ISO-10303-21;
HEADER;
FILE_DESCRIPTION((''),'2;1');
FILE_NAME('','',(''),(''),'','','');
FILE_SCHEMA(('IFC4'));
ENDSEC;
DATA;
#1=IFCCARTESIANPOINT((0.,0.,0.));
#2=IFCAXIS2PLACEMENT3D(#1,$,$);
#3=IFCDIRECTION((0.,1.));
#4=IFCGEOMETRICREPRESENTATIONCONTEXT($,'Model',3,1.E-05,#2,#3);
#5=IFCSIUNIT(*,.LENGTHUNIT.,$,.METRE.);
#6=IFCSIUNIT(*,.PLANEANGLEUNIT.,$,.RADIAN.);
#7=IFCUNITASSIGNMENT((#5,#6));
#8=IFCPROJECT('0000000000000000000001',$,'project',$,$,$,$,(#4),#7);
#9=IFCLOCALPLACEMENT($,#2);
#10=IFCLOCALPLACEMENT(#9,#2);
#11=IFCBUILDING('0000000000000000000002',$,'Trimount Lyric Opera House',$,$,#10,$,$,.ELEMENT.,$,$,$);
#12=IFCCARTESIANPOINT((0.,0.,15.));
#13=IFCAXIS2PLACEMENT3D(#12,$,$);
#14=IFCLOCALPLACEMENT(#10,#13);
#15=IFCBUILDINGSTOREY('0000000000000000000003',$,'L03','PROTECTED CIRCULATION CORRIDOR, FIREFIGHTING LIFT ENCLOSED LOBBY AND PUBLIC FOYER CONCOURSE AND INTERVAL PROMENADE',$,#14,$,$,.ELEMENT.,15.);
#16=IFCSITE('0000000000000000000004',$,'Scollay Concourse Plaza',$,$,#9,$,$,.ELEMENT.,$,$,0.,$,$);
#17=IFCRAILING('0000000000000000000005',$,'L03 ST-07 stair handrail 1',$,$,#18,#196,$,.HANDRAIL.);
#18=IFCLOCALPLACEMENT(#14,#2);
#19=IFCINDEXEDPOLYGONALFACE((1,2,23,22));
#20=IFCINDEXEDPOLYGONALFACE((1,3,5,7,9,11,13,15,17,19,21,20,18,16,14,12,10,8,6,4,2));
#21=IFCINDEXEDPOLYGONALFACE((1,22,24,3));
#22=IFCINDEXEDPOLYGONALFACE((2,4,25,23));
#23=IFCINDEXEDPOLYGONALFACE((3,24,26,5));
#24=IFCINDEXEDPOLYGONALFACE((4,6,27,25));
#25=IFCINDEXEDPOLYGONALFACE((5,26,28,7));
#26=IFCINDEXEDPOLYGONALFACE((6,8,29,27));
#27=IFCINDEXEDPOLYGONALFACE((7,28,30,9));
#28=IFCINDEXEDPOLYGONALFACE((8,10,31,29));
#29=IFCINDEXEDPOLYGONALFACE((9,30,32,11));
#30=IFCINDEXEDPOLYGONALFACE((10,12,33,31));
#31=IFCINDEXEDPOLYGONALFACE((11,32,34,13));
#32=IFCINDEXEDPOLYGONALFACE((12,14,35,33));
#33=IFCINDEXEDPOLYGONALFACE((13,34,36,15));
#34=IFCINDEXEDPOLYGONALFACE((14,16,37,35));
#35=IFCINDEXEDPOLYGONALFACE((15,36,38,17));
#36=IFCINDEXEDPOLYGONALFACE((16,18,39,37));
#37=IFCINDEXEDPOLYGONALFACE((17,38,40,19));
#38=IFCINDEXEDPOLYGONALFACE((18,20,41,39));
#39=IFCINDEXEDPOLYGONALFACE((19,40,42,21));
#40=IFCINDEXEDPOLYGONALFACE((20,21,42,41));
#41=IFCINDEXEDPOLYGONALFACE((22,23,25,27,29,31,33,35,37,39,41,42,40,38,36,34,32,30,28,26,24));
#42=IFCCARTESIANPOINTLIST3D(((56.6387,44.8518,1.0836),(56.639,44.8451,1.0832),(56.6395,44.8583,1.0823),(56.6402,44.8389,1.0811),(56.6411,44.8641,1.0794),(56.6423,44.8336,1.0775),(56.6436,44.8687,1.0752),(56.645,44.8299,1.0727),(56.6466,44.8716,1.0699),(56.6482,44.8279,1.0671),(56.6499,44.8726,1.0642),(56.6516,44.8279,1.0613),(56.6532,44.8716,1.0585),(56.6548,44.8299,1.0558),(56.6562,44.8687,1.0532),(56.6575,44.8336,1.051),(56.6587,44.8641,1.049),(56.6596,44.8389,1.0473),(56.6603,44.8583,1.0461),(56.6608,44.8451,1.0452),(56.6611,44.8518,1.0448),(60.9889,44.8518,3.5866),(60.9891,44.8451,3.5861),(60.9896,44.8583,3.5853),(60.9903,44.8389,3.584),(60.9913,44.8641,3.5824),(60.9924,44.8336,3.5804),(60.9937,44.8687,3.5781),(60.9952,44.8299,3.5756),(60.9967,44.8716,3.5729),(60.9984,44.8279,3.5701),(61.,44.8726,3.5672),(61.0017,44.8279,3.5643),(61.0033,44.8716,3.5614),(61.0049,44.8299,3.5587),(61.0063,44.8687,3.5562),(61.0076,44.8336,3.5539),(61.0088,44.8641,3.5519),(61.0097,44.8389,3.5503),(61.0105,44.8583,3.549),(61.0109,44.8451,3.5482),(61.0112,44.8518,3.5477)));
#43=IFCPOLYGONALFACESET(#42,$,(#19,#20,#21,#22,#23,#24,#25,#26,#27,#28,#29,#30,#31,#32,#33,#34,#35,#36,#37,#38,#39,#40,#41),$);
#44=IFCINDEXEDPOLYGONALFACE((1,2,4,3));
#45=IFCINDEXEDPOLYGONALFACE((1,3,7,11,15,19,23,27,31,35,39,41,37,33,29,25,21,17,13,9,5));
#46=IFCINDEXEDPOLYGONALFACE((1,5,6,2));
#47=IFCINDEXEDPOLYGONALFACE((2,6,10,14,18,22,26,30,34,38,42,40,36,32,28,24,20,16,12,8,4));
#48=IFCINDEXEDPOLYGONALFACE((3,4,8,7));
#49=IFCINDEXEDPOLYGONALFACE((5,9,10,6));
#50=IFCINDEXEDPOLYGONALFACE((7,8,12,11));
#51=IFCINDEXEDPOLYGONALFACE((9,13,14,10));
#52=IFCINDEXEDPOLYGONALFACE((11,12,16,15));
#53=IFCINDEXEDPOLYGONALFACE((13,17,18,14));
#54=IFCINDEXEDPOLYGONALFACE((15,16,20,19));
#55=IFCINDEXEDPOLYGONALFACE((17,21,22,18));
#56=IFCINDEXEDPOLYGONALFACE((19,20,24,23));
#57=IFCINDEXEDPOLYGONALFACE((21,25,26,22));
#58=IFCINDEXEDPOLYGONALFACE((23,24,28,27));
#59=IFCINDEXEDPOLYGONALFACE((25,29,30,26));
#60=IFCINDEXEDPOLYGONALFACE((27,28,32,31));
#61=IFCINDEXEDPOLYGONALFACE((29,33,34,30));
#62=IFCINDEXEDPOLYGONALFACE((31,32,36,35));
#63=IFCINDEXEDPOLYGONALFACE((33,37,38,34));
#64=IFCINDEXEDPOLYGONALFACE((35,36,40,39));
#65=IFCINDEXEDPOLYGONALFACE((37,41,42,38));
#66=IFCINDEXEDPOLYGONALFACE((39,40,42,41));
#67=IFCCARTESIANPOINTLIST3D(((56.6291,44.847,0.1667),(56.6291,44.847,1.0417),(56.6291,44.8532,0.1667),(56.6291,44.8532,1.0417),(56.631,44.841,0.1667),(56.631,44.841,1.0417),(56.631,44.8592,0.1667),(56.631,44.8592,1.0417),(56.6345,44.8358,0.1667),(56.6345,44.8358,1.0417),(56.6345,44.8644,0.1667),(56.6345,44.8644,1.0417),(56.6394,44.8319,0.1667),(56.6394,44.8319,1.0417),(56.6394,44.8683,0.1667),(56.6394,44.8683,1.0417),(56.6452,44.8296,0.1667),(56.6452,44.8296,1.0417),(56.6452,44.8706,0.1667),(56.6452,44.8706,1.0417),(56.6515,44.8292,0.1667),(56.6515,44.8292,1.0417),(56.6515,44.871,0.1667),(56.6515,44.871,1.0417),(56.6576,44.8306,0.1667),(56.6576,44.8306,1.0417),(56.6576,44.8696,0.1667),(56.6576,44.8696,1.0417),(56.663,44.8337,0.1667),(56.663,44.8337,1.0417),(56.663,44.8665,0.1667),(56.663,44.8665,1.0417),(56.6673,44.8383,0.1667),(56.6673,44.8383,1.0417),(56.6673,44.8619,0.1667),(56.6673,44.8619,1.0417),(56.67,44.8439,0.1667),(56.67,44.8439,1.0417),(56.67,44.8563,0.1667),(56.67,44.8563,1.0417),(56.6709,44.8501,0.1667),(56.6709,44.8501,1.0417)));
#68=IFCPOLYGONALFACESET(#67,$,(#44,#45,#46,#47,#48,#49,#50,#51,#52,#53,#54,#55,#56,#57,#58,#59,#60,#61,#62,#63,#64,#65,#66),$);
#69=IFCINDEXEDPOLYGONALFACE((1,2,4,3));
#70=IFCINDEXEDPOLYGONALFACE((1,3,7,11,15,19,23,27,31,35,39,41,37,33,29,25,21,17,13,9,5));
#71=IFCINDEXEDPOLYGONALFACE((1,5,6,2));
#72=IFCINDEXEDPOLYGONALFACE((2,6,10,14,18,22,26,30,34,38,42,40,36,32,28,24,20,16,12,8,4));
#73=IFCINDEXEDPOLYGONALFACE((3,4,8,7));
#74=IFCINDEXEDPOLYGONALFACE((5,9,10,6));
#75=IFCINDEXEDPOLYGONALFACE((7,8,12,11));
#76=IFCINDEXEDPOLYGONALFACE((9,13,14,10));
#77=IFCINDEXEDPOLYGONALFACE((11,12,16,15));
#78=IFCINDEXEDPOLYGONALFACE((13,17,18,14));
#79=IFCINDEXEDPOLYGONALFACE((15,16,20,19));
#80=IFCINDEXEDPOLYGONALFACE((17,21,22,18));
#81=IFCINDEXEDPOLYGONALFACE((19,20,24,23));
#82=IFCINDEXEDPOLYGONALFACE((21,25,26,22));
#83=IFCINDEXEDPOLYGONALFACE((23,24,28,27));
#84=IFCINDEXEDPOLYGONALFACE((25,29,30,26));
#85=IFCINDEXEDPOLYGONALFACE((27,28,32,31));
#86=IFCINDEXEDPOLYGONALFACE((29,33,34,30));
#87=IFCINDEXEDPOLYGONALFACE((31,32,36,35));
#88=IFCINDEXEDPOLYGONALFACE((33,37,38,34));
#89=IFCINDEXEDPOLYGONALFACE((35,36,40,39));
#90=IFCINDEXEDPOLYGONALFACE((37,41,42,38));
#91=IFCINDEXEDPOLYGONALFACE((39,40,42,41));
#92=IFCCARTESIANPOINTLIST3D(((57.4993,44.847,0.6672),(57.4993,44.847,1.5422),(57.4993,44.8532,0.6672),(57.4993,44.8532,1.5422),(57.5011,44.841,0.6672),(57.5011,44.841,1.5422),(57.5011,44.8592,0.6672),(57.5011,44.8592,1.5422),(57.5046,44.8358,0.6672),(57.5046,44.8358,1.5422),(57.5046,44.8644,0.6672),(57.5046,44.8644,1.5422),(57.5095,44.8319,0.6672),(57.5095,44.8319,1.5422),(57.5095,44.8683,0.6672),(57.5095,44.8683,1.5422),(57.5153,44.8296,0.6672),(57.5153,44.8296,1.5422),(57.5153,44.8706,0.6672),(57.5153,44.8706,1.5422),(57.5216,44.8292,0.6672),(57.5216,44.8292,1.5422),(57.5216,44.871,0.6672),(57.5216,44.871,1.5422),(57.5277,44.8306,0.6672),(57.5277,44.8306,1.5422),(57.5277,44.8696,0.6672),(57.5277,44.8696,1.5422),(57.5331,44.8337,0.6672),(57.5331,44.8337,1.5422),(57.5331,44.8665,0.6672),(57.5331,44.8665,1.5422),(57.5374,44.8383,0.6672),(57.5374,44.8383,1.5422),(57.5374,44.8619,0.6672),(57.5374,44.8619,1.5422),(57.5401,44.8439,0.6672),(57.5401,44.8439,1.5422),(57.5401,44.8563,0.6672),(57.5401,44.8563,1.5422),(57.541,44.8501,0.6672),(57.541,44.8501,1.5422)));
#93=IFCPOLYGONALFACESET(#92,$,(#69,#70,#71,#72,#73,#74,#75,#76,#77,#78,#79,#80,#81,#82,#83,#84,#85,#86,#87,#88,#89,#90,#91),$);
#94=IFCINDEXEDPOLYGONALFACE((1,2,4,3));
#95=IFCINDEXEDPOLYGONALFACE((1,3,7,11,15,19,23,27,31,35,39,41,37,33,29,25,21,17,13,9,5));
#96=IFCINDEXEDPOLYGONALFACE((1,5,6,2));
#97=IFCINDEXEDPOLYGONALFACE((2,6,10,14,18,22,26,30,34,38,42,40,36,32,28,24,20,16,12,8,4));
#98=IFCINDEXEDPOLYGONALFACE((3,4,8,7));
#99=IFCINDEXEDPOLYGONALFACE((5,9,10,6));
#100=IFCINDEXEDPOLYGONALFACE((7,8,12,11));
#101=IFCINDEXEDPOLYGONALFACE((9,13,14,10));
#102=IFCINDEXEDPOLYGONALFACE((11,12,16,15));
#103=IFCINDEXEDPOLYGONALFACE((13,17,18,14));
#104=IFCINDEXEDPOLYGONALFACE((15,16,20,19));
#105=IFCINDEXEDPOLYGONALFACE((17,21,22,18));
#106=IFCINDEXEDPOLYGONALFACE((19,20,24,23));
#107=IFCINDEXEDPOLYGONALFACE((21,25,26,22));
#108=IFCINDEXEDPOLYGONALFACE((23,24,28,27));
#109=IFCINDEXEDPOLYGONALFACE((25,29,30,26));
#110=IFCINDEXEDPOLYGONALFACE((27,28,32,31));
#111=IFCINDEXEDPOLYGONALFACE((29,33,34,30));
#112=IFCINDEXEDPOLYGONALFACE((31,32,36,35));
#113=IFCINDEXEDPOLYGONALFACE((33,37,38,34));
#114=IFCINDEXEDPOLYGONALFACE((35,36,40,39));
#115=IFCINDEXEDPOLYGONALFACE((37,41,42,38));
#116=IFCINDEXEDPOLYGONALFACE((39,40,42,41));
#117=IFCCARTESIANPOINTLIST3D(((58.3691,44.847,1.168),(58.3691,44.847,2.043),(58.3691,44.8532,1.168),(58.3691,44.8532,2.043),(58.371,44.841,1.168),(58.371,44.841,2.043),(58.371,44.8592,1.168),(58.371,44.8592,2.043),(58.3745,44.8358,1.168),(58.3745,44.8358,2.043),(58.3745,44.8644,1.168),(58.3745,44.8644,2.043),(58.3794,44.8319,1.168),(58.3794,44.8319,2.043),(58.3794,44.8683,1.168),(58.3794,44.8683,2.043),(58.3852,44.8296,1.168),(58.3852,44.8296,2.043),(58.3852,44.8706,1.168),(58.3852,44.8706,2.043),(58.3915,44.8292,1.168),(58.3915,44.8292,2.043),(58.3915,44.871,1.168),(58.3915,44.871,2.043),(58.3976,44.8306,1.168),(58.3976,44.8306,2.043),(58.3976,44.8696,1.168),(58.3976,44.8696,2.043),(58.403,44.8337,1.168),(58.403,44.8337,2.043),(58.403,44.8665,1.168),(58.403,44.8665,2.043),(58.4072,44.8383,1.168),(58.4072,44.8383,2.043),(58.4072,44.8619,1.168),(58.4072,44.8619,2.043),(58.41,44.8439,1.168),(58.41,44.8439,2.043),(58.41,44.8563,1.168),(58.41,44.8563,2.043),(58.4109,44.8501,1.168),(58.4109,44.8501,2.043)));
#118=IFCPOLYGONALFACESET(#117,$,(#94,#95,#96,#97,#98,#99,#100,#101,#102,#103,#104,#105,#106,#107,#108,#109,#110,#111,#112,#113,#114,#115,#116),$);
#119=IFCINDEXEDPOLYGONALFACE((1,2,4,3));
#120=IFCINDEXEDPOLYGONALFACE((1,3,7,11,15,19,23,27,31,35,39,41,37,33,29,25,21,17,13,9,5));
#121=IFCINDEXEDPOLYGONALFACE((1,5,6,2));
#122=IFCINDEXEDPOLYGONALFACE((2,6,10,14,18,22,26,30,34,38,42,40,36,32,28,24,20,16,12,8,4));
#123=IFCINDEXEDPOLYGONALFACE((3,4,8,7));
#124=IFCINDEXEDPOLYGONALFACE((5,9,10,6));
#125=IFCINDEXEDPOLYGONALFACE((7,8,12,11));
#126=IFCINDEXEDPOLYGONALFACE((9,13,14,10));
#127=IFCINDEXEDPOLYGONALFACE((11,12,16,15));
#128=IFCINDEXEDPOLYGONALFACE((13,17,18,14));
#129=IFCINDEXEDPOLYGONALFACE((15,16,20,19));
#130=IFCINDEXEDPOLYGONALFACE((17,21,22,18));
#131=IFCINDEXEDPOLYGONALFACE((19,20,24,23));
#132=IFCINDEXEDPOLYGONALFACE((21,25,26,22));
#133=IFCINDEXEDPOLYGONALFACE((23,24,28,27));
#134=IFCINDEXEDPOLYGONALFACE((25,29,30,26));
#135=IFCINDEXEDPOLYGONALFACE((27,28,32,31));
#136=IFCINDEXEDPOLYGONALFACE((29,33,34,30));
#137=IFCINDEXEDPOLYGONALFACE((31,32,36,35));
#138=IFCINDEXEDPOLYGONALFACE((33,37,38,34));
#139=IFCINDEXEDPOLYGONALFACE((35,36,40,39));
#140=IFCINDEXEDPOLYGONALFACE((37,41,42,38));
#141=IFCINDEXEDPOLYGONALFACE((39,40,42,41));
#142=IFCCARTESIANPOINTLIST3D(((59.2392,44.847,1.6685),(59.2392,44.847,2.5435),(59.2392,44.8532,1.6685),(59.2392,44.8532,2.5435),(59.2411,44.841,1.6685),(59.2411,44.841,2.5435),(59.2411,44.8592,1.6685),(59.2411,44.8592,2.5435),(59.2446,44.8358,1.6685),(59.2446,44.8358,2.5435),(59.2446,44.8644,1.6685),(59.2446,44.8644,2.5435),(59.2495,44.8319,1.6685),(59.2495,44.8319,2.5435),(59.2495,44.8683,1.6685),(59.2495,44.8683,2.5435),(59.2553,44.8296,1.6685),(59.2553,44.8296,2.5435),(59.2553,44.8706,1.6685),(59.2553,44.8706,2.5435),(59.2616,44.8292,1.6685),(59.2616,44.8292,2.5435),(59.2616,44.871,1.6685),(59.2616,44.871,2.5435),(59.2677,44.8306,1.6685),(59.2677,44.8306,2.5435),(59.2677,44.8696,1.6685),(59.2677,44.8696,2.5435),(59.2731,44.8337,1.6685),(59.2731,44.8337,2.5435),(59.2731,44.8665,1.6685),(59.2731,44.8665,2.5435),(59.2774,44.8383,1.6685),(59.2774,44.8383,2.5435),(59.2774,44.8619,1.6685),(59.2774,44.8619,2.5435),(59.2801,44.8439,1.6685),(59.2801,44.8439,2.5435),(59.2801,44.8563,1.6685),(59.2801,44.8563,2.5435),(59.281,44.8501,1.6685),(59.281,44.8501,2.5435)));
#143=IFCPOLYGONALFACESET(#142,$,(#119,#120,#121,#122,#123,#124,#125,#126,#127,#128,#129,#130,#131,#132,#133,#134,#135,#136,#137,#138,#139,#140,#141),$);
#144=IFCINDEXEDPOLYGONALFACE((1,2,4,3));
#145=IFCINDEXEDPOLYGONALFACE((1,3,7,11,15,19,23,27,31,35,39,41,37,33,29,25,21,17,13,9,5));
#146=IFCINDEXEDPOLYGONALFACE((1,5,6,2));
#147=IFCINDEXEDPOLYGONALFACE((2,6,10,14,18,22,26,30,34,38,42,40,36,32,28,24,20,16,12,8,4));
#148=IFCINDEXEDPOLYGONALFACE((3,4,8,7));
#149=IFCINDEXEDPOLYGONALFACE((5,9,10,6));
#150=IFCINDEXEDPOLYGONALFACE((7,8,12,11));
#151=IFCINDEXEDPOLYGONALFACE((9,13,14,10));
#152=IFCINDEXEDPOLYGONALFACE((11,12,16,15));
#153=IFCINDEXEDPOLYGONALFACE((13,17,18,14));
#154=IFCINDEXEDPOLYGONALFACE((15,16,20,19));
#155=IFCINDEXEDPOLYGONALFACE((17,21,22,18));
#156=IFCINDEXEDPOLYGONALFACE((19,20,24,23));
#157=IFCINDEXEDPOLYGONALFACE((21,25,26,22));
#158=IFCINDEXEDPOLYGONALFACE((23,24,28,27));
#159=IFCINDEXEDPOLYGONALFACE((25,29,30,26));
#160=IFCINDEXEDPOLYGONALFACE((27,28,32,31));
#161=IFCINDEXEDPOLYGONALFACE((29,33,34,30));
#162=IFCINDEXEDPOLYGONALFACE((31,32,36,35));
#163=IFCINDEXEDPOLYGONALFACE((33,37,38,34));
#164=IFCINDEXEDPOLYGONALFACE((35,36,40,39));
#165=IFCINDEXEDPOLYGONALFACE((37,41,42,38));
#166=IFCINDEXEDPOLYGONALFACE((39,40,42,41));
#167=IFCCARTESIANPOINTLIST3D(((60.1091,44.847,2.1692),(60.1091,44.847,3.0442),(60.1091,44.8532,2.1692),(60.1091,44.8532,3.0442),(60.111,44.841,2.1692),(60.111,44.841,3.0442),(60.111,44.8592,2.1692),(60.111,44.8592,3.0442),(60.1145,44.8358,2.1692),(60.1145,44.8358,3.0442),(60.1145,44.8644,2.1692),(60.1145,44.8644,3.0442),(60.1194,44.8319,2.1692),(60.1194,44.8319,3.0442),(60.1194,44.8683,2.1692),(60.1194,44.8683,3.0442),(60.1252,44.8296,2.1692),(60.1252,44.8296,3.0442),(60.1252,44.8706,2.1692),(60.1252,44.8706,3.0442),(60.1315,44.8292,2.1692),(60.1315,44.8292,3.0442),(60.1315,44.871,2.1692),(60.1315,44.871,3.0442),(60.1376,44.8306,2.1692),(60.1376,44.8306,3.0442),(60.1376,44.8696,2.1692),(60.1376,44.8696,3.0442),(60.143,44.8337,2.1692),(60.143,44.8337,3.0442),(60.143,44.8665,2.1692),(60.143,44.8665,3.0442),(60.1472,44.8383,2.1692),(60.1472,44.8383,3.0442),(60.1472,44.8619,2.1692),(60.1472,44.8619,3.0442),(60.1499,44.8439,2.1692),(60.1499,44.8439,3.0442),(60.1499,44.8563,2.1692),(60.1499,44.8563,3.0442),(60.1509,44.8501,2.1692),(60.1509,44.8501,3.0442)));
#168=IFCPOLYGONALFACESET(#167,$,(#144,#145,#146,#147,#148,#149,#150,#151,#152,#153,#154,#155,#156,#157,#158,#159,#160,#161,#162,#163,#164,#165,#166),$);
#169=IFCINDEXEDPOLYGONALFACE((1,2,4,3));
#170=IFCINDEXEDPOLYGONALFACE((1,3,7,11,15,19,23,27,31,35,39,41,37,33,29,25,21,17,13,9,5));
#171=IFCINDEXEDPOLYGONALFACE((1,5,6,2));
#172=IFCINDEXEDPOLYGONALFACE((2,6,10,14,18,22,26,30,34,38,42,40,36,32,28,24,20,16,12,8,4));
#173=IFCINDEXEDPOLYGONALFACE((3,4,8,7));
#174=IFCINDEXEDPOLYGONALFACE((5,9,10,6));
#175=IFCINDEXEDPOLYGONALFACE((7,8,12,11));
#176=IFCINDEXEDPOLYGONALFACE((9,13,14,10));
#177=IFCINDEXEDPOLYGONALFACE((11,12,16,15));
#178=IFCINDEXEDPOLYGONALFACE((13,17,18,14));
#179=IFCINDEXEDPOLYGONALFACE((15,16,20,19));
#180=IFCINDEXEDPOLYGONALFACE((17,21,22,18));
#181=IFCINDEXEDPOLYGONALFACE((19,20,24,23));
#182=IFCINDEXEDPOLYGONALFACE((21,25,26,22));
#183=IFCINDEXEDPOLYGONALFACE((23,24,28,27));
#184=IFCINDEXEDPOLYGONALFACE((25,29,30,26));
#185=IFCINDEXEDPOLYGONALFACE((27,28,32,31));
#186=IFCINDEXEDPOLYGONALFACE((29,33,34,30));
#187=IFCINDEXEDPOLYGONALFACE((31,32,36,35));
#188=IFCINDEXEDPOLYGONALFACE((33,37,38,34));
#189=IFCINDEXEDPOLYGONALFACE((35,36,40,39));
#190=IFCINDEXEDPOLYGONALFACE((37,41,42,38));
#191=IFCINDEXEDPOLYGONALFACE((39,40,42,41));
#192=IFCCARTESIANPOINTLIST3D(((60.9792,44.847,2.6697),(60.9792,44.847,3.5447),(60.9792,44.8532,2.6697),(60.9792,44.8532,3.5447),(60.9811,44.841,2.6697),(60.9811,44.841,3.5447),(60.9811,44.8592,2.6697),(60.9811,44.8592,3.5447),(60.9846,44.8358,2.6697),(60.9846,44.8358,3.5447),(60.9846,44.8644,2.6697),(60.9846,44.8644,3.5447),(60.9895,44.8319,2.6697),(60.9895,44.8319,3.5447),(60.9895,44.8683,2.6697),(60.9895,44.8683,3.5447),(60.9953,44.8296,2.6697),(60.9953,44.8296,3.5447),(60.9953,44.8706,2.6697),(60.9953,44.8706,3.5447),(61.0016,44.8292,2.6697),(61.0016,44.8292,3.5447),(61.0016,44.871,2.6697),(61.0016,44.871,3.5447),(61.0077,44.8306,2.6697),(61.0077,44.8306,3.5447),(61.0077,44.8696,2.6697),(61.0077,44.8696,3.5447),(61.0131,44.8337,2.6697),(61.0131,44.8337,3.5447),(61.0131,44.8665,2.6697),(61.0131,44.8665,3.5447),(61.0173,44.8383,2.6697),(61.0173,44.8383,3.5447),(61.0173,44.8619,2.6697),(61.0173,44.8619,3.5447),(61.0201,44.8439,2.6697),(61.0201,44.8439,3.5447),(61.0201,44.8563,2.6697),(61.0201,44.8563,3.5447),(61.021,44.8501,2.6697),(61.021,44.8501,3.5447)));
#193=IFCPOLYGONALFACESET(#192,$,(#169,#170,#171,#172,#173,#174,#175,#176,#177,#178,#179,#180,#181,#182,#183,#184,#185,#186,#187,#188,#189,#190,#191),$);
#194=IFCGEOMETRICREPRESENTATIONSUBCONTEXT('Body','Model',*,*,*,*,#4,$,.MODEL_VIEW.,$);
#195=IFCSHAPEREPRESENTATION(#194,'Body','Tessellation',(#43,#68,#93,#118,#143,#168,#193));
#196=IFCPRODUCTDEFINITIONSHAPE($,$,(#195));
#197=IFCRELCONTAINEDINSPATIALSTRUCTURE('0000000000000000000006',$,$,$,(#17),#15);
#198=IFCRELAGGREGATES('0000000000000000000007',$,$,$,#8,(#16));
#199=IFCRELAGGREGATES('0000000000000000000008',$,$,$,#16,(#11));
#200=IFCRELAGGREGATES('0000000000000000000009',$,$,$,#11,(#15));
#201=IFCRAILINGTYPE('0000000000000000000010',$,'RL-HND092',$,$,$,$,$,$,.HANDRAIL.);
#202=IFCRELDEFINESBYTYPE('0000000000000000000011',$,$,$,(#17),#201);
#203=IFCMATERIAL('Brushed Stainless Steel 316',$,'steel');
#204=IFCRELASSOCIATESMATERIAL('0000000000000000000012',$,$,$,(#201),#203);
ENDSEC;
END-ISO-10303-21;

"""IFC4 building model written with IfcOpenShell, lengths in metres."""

from ifc_helpers import new_model, si_unit, direction, frame, origin, origin_2d, place, context, subcontext, project, spatial, circle, extrude, material, type_object, element, save


model = new_model("IFC4")

# Units and contexts
model_context = context("Model", 3, precision=1e-05, world=origin(), true_north=direction((0.0, 1.0)))
body_context = subcontext(model_context, "Body", "Model", "MODEL_VIEW")
ifc_project = project(units=[si_unit("LENGTHUNIT", "METRE"), si_unit("PLANEANGLEUNIT", "RADIAN")], contexts=[model_context])

# Site, building, storey
site_placement = place(None, origin())
site = spatial("IfcSite", under=ifc_project, at=site_placement, Name="Scollay Concourse Plaza", CompositionType="ELEMENT", RefElevation=0.0)
building_placement = place(site_placement, origin())
building = spatial("IfcBuilding", under=site, at=building_placement, Name="Trimount Lyric Opera House", CompositionType="ELEMENT")
storey_placement = place(building_placement, frame((0.0, 0.0, 15.0)))
storey = spatial("IfcBuildingStorey", under=building, at=storey_placement, Name="L03", Description="PROTECTED CIRCULATION CORRIDOR, FIREFIGHTING LIFT ENCLOSED LOBBY AND PUBLIC FOYER CONCOURSE AND INTERVAL PROMENADE", CompositionType="ELEMENT", Elevation=15.0)

# Railing
ifc_material_1 = material(Name="Brushed Stainless Steel 316", Category="steel")
railing_type_1 = type_object("IfcRailingType", Name="RL-HND092", PredefinedType="HANDRAIL", material=ifc_material_1)
railing_1_placement = place(storey_placement, frame((56.6499, 44.8501, 0.1667)))
element("IfcRailing", 1, at=railing_1_placement, inside=storey, type_object=railing_type_1, Name="L03 ST-07 stair handrail 1", PredefinedType="HANDRAIL", context=body_context, shape_type="SweptSolid", body=[
    extrude(circle(Radius=0.0225, at=origin_2d()), frame((0.0, 0.0, 0.8975), z_axis=(0.866766, 0.0, 0.498714), x_axis=(0.0, 1.0, 0.0)), (0.0, 0.0, 1.0), 5.0188),
    extrude(circle(Radius=0.021, at=origin_2d()), origin(), (0.0, 0.0, 1.0), 0.875),
    extrude(circle(Radius=0.021, at=origin_2d()), frame((0.8701, 0.0, 0.5005)), (0.0, 0.0, 1.0), 0.875),
    extrude(circle(Radius=0.021, at=origin_2d()), frame((1.74, 0.0, 1.0012)), (0.0, 0.0, 1.0), 0.875),
    extrude(circle(Radius=0.021, at=origin_2d()), frame((2.6101, 0.0, 1.5017)), (0.0, 0.0, 1.0), 0.875),
    extrude(circle(Radius=0.021, at=origin_2d()), frame((3.48, 0.0, 2.0024)), (0.0, 0.0, 1.0), 0.875),
    extrude(circle(Radius=0.021, at=origin_2d()), frame((4.3501, 0.0, 2.5029)), (0.0, 0.0, 1.0), 0.875),
])

save(model, "model.ifc")
